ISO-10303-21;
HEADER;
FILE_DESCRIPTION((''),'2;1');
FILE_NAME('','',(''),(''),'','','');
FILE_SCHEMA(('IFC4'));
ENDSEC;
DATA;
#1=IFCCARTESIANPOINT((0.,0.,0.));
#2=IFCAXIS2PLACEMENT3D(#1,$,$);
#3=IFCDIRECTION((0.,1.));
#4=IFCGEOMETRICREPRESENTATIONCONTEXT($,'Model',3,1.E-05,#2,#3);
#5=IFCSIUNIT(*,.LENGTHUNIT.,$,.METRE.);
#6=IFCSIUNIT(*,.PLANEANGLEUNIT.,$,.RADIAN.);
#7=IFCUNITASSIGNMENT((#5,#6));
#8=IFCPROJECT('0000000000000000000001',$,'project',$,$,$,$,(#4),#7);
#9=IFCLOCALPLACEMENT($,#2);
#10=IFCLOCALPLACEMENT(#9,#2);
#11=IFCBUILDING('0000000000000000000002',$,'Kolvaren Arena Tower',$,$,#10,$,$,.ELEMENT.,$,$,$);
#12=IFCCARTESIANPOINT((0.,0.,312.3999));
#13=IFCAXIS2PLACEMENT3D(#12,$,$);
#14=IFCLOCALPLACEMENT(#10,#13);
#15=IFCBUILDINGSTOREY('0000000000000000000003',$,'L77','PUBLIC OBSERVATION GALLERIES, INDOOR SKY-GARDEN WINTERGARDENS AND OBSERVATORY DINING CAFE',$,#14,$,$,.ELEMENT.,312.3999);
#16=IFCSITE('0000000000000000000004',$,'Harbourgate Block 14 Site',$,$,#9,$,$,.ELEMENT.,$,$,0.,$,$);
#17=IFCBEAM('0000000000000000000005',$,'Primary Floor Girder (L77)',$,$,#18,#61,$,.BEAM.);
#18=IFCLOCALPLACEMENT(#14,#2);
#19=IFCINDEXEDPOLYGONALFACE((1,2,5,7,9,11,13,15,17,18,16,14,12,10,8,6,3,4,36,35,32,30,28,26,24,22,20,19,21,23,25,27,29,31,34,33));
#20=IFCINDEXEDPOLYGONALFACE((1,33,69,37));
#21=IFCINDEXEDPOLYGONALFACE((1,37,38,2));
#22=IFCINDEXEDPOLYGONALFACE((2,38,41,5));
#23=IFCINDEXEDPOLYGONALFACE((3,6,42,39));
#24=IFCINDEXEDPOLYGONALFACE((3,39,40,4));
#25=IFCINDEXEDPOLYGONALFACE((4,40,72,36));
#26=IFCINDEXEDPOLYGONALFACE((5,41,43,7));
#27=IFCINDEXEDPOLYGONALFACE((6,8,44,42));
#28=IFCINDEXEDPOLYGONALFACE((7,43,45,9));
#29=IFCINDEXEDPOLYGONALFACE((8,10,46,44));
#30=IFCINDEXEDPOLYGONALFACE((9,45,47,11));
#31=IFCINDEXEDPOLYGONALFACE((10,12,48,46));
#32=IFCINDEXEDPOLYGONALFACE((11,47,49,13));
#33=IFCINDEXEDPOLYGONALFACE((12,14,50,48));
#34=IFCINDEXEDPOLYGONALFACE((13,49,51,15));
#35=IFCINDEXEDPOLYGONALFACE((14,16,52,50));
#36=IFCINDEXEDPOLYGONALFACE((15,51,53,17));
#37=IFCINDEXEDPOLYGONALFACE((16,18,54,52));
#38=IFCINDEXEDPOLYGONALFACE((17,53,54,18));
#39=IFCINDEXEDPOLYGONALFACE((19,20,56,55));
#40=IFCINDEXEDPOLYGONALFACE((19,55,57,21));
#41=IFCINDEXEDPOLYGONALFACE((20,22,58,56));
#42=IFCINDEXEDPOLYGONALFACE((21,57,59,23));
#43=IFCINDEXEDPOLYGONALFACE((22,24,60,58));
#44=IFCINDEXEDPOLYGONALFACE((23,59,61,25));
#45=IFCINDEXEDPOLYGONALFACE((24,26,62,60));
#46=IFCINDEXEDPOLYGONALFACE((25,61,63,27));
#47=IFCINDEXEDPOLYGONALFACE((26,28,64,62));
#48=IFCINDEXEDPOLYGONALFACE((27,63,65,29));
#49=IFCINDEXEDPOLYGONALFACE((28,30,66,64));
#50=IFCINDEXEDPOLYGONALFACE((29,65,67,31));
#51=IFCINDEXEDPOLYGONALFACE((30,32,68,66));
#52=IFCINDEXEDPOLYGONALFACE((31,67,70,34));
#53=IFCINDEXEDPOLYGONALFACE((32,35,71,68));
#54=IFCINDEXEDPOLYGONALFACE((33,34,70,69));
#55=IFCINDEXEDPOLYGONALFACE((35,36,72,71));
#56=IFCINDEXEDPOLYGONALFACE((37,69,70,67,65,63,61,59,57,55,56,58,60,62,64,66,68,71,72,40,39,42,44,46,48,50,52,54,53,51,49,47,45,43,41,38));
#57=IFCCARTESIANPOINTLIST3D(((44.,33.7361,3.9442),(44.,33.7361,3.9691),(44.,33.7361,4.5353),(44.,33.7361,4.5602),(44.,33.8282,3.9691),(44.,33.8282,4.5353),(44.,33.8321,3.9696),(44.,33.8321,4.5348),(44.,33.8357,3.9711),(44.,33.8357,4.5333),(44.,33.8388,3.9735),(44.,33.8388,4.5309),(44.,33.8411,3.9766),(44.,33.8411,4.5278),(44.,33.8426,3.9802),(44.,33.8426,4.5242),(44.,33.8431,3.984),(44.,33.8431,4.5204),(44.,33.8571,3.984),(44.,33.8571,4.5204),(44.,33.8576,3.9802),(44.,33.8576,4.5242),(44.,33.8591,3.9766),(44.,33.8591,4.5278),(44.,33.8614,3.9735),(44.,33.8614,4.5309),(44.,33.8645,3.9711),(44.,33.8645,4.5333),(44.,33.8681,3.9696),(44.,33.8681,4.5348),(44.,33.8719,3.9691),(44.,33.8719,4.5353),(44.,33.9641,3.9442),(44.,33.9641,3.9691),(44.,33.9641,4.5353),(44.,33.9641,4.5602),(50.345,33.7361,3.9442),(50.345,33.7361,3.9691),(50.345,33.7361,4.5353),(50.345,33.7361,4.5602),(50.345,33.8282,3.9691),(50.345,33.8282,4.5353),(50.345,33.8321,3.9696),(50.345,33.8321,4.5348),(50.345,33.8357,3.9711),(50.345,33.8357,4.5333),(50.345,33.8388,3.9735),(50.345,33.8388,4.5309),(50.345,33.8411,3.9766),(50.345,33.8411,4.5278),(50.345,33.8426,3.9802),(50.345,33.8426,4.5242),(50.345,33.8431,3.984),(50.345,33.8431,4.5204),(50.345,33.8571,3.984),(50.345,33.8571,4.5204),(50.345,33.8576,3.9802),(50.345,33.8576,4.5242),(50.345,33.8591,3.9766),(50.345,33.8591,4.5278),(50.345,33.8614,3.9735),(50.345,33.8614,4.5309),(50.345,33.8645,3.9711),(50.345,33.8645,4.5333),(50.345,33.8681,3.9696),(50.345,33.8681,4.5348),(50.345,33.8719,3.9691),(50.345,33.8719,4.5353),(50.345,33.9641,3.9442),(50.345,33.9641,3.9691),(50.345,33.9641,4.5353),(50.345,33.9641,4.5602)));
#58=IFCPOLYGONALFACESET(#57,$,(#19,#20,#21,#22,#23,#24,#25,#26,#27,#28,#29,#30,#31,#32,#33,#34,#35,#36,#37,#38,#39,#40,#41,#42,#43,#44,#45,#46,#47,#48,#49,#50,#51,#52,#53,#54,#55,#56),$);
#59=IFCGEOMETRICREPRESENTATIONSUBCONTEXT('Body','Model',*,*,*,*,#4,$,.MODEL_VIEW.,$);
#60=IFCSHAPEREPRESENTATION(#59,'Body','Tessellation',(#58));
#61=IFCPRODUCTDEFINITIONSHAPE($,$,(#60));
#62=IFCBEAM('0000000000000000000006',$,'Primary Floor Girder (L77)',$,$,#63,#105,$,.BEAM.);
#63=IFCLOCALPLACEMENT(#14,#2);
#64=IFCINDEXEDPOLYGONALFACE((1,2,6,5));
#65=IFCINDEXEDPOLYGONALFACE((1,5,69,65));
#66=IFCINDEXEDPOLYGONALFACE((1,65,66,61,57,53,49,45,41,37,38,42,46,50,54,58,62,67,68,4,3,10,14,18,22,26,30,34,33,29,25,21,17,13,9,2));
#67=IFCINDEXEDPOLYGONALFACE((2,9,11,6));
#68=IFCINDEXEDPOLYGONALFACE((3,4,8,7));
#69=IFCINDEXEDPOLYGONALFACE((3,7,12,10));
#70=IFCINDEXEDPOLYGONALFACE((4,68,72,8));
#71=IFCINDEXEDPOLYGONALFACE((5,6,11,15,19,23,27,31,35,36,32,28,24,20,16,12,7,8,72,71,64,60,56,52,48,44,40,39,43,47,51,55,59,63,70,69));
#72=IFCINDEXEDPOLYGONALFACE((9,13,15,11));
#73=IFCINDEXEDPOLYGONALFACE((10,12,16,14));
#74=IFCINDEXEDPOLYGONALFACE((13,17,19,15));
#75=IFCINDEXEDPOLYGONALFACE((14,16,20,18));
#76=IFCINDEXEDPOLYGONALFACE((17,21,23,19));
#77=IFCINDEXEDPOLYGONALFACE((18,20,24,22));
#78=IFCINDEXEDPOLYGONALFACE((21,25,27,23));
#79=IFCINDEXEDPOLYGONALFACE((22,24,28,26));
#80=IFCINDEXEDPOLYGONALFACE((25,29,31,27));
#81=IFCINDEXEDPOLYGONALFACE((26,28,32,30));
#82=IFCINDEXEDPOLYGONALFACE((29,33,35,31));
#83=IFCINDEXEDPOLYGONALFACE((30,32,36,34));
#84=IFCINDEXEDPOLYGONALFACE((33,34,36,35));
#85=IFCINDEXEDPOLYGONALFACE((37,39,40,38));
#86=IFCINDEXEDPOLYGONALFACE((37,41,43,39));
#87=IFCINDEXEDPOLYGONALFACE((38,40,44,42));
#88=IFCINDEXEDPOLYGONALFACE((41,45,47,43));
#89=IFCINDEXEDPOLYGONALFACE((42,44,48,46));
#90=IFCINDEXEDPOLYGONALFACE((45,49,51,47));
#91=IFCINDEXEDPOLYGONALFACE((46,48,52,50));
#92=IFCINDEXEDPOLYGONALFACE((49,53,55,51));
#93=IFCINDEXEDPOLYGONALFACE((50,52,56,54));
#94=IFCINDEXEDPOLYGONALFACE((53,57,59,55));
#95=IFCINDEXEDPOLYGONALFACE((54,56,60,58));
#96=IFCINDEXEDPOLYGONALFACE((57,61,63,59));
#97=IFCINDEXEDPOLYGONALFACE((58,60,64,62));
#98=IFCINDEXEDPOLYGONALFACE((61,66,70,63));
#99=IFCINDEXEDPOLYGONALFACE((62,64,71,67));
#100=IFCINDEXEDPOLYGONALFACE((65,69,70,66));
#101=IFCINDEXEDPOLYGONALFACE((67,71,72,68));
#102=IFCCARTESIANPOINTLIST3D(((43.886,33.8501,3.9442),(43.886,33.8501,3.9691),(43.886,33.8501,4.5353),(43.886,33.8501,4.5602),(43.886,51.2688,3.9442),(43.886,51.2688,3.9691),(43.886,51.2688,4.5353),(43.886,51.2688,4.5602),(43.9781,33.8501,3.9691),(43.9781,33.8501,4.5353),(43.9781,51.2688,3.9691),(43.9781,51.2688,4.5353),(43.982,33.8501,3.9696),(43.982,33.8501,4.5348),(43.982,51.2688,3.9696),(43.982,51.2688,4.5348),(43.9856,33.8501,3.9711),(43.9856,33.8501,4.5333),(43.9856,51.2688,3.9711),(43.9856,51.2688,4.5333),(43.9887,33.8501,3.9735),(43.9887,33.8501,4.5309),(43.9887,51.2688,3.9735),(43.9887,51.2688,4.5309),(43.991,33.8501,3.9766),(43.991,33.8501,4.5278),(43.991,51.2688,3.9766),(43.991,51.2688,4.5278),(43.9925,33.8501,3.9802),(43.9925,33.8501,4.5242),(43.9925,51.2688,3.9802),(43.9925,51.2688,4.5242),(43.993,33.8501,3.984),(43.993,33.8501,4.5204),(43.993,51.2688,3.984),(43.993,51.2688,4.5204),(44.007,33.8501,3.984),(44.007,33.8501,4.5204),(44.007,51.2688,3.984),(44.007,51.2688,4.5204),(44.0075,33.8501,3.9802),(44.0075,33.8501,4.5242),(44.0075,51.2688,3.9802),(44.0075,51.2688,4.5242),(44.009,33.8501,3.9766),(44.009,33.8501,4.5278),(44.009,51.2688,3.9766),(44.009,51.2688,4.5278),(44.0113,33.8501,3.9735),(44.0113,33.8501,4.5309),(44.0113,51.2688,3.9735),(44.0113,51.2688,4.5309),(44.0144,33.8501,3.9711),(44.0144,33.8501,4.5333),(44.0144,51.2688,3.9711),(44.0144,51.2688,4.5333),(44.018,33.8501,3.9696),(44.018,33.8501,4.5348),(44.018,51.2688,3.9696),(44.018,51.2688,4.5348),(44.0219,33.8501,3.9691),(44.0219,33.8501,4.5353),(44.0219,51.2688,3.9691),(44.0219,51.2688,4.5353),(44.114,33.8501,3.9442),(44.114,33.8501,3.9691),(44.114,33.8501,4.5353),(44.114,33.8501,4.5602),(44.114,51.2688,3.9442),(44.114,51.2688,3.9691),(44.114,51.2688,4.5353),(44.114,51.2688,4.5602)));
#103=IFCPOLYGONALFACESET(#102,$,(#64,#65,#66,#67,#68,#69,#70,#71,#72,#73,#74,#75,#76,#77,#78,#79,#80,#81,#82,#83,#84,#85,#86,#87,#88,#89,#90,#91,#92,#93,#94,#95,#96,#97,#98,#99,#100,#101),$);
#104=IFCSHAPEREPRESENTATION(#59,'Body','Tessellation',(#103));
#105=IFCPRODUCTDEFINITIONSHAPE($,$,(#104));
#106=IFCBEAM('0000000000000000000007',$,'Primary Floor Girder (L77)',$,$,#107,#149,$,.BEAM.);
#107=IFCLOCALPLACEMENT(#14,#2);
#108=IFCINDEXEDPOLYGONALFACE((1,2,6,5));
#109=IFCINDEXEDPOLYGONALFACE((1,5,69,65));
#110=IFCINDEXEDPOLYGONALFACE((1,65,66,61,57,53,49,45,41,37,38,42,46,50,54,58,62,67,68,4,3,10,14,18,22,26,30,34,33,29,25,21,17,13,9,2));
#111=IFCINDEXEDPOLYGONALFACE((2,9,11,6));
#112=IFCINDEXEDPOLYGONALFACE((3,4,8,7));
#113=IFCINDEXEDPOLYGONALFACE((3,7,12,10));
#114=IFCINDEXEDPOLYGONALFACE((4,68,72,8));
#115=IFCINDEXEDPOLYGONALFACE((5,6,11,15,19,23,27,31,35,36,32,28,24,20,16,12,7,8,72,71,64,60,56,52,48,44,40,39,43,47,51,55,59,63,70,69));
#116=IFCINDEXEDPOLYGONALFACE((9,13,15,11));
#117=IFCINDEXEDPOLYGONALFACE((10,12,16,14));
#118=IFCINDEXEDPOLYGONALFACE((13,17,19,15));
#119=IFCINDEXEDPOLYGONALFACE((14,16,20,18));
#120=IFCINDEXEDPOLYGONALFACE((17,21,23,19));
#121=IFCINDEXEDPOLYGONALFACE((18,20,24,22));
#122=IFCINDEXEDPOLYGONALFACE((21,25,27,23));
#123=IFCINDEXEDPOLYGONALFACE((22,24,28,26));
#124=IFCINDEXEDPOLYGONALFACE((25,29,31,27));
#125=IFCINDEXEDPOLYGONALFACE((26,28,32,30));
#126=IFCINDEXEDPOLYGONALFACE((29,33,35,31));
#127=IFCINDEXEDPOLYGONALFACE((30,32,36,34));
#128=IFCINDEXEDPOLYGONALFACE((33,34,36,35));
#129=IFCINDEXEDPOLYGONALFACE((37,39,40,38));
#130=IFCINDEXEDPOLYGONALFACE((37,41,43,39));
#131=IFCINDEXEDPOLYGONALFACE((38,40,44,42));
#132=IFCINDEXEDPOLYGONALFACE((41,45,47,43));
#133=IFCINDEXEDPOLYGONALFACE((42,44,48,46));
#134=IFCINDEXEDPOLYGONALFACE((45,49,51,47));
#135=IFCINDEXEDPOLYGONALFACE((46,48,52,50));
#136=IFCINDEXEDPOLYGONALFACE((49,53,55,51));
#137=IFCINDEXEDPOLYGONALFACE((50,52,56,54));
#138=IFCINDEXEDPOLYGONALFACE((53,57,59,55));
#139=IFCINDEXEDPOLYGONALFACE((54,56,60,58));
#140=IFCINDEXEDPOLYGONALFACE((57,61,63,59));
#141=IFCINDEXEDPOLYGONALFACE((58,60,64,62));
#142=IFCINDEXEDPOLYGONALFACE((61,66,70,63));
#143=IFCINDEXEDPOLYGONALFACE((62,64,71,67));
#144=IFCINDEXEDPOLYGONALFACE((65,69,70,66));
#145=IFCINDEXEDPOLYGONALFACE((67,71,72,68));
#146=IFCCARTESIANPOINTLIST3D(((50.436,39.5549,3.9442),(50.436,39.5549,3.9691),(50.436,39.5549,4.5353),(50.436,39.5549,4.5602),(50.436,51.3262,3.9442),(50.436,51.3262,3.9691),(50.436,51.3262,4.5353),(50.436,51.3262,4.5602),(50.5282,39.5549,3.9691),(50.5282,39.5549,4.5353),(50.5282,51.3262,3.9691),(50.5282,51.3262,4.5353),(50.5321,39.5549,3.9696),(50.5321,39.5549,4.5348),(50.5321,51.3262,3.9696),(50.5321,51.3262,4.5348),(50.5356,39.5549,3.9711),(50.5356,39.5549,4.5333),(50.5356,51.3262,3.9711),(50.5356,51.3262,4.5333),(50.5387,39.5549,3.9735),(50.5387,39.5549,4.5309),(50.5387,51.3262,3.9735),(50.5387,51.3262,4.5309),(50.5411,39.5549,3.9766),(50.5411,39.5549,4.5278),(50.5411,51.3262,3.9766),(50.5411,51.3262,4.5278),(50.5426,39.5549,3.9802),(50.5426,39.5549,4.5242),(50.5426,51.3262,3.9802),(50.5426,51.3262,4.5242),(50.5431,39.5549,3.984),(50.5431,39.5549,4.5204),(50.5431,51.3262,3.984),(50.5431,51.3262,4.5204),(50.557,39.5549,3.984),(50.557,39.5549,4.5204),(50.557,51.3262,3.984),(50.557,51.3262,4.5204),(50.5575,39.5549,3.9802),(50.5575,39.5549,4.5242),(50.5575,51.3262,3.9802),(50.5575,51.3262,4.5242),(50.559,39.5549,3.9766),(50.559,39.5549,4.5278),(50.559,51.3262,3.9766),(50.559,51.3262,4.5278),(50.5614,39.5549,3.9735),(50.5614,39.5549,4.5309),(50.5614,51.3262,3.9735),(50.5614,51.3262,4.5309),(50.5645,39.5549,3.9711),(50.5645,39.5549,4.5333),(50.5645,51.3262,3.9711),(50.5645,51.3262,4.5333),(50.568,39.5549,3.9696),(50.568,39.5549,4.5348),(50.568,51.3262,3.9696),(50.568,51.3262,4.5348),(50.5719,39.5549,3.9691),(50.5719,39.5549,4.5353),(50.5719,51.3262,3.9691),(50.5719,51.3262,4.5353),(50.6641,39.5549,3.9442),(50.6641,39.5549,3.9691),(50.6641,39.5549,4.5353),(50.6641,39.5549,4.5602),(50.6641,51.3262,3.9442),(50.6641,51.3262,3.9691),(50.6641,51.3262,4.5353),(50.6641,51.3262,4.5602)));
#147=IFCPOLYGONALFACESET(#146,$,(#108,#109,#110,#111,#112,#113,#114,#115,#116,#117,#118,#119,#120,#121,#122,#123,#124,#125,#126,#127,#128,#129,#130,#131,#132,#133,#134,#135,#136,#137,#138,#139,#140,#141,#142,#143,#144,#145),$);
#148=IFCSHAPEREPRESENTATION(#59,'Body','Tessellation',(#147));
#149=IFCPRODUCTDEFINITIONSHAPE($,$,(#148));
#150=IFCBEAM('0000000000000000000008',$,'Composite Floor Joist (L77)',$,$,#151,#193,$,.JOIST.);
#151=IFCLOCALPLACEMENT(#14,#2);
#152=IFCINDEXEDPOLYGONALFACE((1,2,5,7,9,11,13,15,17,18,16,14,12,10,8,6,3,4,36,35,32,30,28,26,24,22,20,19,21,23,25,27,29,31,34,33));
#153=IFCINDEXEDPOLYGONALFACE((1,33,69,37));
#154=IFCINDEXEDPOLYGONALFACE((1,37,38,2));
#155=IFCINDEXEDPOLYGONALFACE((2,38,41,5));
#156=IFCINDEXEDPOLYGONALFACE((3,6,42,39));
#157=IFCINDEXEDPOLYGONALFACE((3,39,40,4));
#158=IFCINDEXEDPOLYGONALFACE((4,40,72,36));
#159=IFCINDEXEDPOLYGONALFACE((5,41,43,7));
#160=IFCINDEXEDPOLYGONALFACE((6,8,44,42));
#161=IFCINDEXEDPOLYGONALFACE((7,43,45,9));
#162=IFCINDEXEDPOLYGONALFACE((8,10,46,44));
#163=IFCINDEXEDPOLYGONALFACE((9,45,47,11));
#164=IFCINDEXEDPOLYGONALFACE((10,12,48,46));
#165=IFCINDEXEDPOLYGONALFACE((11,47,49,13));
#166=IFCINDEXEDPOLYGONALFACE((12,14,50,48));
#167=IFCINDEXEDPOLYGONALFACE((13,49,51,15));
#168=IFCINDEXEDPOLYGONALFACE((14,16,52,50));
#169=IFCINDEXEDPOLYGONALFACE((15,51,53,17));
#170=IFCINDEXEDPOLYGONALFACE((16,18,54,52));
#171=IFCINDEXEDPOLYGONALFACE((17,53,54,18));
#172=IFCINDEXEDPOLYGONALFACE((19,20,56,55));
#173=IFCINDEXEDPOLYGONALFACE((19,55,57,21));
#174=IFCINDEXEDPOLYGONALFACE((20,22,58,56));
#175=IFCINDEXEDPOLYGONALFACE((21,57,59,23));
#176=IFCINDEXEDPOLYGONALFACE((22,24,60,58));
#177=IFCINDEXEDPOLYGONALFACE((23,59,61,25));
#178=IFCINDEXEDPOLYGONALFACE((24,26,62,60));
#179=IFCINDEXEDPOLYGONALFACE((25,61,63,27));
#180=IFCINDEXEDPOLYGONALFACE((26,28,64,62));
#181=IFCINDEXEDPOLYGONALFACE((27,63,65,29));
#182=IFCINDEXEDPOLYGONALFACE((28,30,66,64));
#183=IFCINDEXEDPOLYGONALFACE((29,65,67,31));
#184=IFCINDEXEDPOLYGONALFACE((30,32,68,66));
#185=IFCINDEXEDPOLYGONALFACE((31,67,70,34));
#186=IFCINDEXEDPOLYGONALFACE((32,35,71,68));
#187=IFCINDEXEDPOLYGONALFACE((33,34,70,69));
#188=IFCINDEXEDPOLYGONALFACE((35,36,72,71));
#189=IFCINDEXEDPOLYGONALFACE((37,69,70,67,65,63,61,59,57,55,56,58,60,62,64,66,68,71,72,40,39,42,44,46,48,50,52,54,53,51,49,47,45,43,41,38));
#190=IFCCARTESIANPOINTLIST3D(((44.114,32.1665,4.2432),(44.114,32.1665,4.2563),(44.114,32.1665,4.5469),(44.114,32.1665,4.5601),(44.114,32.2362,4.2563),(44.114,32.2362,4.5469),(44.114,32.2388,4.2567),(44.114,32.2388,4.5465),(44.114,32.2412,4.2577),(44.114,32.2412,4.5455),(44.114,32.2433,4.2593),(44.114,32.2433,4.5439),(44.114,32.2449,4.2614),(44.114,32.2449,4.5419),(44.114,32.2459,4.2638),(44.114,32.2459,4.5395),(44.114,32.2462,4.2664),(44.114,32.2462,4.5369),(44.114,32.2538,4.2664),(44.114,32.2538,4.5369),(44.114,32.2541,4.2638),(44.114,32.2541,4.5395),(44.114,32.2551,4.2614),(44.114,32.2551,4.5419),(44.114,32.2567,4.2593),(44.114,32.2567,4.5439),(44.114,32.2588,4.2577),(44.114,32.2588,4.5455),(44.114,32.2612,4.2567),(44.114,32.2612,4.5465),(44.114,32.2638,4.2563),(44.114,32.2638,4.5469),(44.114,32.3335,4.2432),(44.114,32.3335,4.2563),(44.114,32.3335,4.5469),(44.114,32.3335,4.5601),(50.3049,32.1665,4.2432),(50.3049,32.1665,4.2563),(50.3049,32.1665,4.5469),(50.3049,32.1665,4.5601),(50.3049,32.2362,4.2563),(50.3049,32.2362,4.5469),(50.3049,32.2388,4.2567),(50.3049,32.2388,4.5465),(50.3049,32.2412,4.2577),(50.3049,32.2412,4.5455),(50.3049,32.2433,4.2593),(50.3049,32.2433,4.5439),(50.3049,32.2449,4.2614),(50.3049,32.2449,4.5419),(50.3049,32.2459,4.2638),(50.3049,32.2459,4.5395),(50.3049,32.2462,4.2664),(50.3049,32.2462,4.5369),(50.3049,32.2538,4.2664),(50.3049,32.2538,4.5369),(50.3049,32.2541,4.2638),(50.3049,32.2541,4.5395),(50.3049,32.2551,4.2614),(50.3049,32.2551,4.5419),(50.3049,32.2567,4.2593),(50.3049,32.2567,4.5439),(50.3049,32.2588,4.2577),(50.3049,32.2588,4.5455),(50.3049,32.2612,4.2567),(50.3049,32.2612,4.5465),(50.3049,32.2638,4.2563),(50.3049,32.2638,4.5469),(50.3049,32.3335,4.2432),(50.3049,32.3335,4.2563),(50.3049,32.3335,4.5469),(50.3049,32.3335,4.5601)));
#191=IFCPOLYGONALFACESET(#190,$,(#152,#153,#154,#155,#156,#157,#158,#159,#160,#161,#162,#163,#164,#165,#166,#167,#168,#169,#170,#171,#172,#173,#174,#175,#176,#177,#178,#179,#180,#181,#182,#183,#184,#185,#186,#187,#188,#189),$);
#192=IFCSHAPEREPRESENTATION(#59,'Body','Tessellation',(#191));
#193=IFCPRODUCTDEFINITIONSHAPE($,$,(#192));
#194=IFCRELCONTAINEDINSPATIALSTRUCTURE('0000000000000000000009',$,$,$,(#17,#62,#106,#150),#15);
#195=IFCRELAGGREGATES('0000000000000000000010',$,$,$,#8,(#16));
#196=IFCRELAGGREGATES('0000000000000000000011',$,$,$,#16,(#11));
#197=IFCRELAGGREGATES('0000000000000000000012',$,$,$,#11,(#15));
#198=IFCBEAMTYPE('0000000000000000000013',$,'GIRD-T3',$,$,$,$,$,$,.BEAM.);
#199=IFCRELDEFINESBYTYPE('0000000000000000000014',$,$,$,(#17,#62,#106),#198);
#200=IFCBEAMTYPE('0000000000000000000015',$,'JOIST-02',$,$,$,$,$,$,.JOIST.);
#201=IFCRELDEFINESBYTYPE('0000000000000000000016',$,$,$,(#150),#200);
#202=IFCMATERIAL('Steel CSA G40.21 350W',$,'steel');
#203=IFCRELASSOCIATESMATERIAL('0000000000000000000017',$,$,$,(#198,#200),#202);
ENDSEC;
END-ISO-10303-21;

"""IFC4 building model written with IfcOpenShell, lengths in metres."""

from ifc_helpers import new_model, si_unit, direction, frame, origin, origin_2d, place, context, subcontext, project, spatial, i_section, extrude, material, material_profile, profile_set, type_object, element, save


model = new_model("IFC4")

# Units and contexts
model_context = context("Model", 3, precision=1e-05, world=origin(), true_north=direction((0.0, 1.0)))
body_context = subcontext(model_context, "Body", "Model", "MODEL_VIEW")
ifc_project = project(units=[si_unit("LENGTHUNIT", "METRE"), si_unit("PLANEANGLEUNIT", "RADIAN")], contexts=[model_context])

# Site, building, storey
site_placement = place(None, origin())
site = spatial("IfcSite", under=ifc_project, at=site_placement, Name="Harbourgate Block 14 Site", CompositionType="ELEMENT", RefElevation=0.0)
building_placement = place(site_placement, origin())
building = spatial("IfcBuilding", under=site, at=building_placement, Name="Kolvaren Arena Tower", CompositionType="ELEMENT")
storey_placement = place(building_placement, frame((0.0, 0.0, 312.3999)))
storey = spatial("IfcBuildingStorey", under=building, at=storey_placement, Name="L77", Description="PUBLIC OBSERVATION GALLERIES, INDOOR SKY-GARDEN WINTERGARDENS AND OBSERVATORY DINING CAFE", CompositionType="ELEMENT", Elevation=312.3999)

# Shared definitions
ifc_material_1 = material(Name="Steel CSA G40.21 350W", Category="steel")

# Beams
ifc_material_profile_1 = material_profile(ifc_material_1, i_section(OverallWidth=0.228, OverallDepth=0.616, WebThickness=0.0139, FlangeThickness=0.0249, FilletRadius=0.0149, at=origin_2d()), Name="W610x174")
ifc_profile_set_1 = profile_set([ifc_material_profile_1], Name="Steel CSA G40.21 350W")
beam_type_1 = type_object("IfcBeamType", Name="GIRD-T3", PredefinedType="BEAM", material=ifc_profile_set_1)
beam_1_placement = place(storey_placement, frame((44.0, 33.8501, 4.2522), z_axis=(1.0, 0.0, 0.0), x_axis=(0.0, 1.0, 0.0)))
element("IfcBeam", 1, at=beam_1_placement, inside=storey, type_object=beam_type_1, Name="Primary Floor Girder (L77)", PredefinedType="BEAM", context=body_context, shape_type="SweptSolid", body=[
    extrude(i_section(OverallWidth=0.228, OverallDepth=0.616, WebThickness=0.0139, FlangeThickness=0.0249, FilletRadius=0.0149, at=origin_2d()), origin(), (0.0, 0.0, 1.0), 6.345),
])
beam_2_placement = place(storey_placement, frame((44.0, 33.8501, 4.2522), z_axis=(0.0, 1.0, 0.0), x_axis=(-1.0, 0.0, 0.0)))
element("IfcBeam", 2, at=beam_2_placement, inside=storey, type_object=beam_type_1, Name="Primary Floor Girder (L77)", PredefinedType="BEAM", context=body_context, shape_type="SweptSolid", body=[
    extrude(i_section(OverallWidth=0.228, OverallDepth=0.616, WebThickness=0.0139, FlangeThickness=0.0249, FilletRadius=0.0149, at=origin_2d()), origin(), (0.0, 0.0, 1.0), 17.4187),
])
beam_3_placement = place(storey_placement, frame((50.55, 39.5549, 4.2522), z_axis=(0.0, 1.0, 0.0), x_axis=(-1.0, 0.0, 0.0)))
element("IfcBeam", 3, at=beam_3_placement, inside=storey, type_object=beam_type_1, Name="Primary Floor Girder (L77)", PredefinedType="BEAM", context=body_context, shape_type="SweptSolid", body=[
    extrude(i_section(OverallWidth=0.228, OverallDepth=0.616, WebThickness=0.0139, FlangeThickness=0.0249, FilletRadius=0.0149, at=origin_2d()), origin(), (0.0, 0.0, 1.0), 11.7712),
])
ifc_material_profile_2 = material_profile(ifc_material_1, i_section(OverallWidth=0.167, OverallDepth=0.3169, WebThickness=0.0076, FlangeThickness=0.0132, FilletRadius=0.01, at=origin_2d()), Name="W310x52")
ifc_profile_set_2 = profile_set([ifc_material_profile_2], Name="Steel CSA G40.21 350W")
beam_type_2 = type_object("IfcBeamType", Name="JOIST-02", PredefinedType="JOIST", material=ifc_profile_set_2)
for number, where, z_axis, x_axis, name in (
    (4, (44.114, 32.25, 4.4016), (1.0, 0.0, 0.0), (0.0, 1.0, 0.0), "Composite Floor Joist (L77)"),
):
    element("IfcBeam", number, at=place(storey_placement, frame(where, z_axis=z_axis, x_axis=x_axis)), inside=storey, type_object=beam_type_2, Name=name, PredefinedType="JOIST", context=body_context, shape_type="SweptSolid", body=[
        extrude(i_section(OverallWidth=0.167, OverallDepth=0.3169, WebThickness=0.0076, FlangeThickness=0.0132, FilletRadius=0.01, at=origin_2d()), origin(), (0.0, 0.0, 1.0), 6.1909),
    ])

save(model, "model.ifc")
